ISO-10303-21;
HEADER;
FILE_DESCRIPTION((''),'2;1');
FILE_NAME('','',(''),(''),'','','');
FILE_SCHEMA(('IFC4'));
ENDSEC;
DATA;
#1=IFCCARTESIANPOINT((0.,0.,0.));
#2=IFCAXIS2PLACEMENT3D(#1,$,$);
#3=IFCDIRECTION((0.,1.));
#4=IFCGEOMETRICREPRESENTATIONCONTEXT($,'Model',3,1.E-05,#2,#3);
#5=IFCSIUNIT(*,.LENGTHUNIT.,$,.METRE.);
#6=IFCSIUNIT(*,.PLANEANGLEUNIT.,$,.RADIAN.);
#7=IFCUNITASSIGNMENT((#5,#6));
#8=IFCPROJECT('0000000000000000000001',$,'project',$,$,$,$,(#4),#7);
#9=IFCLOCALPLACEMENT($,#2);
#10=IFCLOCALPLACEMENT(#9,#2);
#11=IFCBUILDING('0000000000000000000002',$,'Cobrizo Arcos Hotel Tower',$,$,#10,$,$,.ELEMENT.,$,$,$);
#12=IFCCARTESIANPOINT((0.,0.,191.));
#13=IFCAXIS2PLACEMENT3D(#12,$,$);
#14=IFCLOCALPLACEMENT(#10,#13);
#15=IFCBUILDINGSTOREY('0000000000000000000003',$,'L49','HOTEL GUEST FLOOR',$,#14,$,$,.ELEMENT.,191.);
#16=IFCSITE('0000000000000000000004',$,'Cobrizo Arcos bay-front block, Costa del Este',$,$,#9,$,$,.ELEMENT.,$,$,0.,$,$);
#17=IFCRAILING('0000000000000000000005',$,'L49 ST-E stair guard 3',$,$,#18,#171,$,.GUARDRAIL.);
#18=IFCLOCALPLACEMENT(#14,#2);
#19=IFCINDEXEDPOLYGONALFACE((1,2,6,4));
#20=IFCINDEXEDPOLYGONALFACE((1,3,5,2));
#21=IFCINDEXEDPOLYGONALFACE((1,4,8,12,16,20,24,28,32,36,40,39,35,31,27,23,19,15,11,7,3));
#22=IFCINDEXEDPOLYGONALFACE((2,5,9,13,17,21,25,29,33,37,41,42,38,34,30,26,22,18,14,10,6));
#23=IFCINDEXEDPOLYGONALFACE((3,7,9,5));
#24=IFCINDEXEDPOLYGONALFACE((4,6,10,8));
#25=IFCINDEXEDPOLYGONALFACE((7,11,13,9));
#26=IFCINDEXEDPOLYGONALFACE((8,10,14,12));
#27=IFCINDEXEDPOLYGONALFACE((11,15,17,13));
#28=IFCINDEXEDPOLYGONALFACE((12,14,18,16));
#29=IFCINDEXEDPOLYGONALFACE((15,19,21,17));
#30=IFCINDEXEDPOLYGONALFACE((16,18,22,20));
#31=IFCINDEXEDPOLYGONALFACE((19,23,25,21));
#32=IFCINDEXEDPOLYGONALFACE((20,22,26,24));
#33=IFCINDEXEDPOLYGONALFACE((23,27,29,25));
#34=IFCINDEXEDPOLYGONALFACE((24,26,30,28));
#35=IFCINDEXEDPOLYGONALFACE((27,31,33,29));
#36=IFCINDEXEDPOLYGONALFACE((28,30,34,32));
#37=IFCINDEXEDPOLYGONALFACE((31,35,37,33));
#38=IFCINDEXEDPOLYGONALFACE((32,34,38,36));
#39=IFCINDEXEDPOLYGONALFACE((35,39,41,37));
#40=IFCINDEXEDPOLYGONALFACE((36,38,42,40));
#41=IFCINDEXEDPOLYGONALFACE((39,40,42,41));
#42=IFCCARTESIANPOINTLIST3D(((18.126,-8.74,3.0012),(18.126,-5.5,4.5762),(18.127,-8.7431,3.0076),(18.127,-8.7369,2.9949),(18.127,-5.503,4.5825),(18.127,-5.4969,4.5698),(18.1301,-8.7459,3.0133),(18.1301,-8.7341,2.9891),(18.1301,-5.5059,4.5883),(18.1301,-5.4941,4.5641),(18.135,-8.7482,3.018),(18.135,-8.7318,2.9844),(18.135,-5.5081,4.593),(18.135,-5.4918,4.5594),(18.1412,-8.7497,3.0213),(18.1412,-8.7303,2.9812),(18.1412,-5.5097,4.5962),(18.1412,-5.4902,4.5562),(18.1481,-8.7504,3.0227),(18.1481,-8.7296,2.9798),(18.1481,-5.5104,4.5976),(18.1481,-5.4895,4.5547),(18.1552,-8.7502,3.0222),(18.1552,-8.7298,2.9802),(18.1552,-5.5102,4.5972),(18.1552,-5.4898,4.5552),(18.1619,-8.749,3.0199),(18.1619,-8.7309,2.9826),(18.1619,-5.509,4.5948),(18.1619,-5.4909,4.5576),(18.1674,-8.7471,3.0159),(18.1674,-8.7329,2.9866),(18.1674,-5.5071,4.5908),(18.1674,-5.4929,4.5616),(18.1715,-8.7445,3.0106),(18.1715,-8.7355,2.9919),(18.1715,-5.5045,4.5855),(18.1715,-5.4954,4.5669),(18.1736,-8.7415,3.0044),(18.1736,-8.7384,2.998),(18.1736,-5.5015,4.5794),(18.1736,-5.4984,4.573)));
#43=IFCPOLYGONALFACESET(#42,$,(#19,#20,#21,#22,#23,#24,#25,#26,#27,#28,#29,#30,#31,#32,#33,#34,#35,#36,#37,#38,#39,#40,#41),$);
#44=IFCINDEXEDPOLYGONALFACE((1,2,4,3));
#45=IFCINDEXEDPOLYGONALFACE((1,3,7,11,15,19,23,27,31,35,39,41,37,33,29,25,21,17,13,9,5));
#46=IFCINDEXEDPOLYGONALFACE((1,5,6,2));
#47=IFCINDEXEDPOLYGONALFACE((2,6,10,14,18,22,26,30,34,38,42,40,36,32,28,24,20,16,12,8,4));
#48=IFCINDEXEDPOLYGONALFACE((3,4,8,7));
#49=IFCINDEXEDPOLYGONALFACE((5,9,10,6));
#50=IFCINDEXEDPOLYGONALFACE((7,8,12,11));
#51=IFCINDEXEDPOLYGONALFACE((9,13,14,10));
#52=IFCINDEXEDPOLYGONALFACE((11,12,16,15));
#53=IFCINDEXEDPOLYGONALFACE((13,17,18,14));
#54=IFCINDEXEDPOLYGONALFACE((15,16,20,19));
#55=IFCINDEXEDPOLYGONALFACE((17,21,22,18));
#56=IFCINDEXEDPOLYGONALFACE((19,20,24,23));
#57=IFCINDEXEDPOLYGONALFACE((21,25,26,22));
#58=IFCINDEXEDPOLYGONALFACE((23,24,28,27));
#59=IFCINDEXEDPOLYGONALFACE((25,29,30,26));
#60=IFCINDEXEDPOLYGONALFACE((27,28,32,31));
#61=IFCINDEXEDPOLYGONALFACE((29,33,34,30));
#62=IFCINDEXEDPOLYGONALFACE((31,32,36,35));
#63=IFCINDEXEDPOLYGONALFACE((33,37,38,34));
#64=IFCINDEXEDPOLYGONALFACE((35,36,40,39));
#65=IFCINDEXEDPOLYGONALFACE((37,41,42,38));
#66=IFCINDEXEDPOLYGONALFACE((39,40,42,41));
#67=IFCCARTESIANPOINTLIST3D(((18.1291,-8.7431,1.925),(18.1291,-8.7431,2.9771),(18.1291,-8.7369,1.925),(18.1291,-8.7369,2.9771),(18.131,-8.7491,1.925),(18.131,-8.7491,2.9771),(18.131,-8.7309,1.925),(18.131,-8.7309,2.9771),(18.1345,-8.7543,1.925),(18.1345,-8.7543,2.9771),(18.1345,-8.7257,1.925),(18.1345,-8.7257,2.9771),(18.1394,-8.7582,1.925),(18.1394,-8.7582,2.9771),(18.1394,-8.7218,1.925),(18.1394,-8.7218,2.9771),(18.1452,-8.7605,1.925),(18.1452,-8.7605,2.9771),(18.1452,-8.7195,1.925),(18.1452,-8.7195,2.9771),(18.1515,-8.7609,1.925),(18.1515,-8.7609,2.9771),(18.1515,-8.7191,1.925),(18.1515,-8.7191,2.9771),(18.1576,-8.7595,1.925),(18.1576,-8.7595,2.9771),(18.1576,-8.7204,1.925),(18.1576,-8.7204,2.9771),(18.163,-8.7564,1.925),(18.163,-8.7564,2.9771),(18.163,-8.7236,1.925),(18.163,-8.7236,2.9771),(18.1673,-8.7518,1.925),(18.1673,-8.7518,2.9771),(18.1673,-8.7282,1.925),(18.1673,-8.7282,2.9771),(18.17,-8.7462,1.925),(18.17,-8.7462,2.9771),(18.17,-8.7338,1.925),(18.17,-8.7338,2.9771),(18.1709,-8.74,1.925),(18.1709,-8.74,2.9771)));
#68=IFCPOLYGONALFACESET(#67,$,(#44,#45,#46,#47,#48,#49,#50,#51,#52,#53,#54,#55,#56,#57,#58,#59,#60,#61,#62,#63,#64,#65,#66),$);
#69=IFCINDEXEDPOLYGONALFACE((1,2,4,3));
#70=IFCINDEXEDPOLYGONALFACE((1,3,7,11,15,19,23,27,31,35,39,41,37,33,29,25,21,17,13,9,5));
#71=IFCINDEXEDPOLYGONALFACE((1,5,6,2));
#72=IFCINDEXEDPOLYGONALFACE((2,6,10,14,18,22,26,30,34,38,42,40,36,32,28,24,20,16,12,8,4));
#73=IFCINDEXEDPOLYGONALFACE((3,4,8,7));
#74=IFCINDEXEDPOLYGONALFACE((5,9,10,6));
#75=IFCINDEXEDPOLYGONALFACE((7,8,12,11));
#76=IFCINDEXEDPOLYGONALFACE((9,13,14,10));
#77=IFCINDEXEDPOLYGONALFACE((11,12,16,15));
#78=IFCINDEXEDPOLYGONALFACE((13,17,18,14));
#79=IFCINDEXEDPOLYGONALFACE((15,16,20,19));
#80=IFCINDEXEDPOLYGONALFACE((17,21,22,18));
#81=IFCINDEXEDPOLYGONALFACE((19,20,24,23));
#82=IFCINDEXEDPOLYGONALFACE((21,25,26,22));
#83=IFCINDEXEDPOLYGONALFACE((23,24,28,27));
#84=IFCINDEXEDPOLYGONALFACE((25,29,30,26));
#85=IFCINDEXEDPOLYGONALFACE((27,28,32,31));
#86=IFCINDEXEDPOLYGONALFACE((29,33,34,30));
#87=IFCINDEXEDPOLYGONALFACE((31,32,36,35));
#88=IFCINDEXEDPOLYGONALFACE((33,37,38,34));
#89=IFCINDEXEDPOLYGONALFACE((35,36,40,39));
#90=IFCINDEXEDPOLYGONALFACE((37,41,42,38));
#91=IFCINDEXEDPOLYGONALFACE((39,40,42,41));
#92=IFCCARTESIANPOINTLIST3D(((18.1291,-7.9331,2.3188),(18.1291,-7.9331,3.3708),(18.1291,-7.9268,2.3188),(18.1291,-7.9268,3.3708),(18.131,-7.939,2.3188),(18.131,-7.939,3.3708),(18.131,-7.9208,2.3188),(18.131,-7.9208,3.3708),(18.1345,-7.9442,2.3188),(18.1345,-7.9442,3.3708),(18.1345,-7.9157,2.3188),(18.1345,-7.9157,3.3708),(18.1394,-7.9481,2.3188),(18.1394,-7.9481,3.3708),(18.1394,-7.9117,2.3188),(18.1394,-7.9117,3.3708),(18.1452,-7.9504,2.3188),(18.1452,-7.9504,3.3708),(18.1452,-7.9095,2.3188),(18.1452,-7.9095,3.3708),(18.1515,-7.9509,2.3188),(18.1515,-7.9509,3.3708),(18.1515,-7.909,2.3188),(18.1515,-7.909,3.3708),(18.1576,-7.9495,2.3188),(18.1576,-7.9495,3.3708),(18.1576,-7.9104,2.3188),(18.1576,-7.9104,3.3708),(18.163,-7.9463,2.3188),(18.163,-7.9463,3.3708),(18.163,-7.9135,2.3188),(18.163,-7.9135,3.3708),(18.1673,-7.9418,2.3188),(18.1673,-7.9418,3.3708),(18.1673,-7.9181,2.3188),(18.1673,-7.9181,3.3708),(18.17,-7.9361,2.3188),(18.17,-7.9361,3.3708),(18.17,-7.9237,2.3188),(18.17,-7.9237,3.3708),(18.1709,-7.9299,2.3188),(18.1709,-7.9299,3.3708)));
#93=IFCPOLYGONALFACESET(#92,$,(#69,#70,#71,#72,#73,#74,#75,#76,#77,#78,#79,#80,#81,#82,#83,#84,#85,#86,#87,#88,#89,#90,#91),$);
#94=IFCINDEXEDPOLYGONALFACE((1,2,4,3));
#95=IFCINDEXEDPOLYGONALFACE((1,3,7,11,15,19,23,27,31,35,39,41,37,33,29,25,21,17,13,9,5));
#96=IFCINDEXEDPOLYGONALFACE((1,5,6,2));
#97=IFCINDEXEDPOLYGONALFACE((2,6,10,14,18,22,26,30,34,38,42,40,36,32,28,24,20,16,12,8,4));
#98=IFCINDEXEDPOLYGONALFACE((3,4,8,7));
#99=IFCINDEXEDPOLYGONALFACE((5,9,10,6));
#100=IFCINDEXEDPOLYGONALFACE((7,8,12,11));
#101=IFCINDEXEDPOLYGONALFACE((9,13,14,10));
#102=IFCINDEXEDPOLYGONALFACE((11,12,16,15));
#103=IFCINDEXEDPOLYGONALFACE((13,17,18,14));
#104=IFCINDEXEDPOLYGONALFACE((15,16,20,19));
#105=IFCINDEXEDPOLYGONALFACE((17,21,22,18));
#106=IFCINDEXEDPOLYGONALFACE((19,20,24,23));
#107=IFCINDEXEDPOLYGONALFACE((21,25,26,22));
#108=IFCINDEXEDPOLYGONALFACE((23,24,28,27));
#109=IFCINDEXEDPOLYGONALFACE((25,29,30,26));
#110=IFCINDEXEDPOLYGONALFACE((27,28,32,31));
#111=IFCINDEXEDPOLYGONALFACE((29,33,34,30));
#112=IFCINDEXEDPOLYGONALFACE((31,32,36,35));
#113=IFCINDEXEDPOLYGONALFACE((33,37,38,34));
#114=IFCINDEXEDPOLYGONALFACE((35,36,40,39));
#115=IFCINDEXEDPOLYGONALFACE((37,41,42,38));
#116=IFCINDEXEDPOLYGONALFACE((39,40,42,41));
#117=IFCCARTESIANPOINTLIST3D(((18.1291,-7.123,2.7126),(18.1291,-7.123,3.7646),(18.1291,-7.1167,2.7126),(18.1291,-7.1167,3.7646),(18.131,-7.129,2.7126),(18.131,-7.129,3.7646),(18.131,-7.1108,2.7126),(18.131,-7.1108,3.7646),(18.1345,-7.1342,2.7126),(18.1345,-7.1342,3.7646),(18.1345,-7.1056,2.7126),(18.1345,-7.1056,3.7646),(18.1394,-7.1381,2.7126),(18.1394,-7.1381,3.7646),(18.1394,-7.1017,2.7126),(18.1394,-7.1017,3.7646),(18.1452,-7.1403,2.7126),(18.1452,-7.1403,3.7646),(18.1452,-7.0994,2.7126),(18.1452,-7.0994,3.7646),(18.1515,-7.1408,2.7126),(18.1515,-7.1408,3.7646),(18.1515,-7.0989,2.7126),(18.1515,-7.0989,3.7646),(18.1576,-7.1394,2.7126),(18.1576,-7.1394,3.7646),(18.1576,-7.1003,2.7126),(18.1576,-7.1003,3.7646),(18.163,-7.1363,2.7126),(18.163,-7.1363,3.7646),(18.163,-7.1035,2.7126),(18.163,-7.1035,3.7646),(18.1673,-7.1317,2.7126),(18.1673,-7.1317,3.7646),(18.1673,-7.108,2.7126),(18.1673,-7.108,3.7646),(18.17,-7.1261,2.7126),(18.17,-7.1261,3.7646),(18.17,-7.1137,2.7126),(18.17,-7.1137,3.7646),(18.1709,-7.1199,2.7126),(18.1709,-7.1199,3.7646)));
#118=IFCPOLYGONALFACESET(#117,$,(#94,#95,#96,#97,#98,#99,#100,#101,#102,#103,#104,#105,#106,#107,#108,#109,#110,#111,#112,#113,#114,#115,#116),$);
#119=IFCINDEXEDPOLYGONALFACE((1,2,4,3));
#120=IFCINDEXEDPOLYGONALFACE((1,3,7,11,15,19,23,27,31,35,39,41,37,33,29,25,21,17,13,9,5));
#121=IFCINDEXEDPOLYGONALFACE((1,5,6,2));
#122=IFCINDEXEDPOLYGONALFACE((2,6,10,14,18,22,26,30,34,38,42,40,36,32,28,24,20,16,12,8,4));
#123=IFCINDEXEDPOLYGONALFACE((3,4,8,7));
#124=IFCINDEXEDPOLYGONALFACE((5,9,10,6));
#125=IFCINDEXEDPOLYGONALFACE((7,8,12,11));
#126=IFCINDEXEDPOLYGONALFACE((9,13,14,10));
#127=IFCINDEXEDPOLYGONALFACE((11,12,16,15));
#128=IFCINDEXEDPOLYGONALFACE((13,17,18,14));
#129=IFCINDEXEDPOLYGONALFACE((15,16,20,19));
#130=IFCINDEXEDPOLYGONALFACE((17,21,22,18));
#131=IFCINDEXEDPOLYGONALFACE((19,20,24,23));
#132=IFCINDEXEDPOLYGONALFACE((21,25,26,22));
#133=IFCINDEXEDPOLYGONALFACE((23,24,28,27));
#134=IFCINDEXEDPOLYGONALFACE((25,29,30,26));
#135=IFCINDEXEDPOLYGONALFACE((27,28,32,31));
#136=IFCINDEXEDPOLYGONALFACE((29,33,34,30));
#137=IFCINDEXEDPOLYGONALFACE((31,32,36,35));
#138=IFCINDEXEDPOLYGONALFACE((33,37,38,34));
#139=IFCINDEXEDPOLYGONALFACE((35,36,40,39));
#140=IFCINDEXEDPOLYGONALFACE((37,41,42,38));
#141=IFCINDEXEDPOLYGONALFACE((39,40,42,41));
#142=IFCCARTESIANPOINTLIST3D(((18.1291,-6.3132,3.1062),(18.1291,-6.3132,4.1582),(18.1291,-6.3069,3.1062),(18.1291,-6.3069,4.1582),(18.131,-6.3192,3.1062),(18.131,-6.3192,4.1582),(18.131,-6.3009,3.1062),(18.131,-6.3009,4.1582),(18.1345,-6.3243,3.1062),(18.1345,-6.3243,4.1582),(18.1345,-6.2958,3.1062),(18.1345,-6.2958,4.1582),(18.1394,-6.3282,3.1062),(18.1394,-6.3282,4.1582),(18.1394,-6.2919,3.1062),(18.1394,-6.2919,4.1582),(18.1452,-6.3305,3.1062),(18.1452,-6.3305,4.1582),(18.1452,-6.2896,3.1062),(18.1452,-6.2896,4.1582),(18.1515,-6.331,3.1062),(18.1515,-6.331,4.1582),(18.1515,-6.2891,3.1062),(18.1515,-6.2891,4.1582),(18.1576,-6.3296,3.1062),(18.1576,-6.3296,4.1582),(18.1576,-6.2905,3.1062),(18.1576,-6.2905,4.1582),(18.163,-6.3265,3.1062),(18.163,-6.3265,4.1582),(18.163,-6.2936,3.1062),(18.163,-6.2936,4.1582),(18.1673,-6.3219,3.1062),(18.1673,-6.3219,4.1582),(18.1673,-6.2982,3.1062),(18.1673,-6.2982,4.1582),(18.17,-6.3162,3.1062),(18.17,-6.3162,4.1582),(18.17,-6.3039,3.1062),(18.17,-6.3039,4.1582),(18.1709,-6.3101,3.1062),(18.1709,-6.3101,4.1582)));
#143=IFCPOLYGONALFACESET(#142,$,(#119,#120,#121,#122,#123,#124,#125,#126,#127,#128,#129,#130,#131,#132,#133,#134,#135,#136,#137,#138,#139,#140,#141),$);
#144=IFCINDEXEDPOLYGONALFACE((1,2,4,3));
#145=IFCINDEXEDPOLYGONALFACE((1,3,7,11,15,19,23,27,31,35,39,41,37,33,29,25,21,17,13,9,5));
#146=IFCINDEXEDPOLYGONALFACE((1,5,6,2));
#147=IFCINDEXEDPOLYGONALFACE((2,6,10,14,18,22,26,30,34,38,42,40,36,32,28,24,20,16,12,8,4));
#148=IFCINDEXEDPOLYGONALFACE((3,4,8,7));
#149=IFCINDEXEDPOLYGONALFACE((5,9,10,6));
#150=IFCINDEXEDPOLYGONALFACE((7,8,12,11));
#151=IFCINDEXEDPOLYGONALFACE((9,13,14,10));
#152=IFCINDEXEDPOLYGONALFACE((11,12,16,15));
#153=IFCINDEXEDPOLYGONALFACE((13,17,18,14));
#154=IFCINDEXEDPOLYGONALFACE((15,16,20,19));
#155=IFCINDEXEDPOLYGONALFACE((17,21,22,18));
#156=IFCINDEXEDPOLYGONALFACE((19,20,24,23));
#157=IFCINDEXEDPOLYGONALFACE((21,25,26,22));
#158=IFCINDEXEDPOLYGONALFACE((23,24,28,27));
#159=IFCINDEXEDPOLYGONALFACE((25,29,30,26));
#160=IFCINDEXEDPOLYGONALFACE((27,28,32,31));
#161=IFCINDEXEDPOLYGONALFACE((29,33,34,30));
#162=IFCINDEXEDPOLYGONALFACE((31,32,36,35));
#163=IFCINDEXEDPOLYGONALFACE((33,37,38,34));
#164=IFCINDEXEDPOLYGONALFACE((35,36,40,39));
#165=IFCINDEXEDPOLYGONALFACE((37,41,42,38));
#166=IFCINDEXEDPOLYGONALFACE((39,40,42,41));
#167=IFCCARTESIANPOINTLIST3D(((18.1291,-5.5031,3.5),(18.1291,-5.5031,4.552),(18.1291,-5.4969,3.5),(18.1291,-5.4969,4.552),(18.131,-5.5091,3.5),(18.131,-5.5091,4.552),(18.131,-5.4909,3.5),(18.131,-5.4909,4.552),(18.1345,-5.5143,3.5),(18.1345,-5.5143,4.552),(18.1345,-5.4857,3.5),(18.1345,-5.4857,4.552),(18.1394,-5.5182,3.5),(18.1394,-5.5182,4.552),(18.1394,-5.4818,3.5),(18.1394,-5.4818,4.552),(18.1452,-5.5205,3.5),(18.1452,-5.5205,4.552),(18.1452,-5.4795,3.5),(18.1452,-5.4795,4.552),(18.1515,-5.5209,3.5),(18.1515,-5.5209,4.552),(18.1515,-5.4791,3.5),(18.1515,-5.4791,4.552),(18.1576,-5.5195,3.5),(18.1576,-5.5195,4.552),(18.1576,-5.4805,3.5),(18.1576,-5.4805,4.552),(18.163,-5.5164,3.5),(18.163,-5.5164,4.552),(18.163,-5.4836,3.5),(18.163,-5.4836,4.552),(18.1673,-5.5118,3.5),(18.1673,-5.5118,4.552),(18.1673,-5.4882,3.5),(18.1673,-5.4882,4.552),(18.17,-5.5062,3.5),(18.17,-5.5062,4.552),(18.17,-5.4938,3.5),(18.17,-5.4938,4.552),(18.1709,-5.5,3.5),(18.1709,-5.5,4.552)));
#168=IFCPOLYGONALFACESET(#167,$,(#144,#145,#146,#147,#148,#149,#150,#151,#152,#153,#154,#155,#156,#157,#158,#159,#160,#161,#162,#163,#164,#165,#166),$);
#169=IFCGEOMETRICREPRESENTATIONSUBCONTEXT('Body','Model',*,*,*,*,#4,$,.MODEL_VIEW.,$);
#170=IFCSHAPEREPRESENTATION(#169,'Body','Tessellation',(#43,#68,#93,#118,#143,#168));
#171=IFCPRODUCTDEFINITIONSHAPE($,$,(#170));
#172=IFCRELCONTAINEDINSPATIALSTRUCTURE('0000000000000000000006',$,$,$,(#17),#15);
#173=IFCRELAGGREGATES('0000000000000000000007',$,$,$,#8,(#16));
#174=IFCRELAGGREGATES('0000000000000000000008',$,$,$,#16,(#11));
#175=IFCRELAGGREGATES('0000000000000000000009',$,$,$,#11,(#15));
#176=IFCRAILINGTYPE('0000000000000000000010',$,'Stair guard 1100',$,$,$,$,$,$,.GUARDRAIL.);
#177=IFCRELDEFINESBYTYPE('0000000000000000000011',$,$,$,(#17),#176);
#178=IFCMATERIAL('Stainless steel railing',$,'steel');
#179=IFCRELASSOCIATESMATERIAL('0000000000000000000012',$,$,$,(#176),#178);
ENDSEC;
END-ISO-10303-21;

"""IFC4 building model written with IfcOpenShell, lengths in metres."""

from ifc_helpers import new_model, si_unit, direction, frame, origin, origin_2d, place, context, subcontext, project, spatial, circle, extrude, material, type_object, element, save


model = new_model("IFC4")

# Units and contexts
model_context = context("Model", 3, precision=1e-05, world=origin(), true_north=direction((0.0, 1.0)))
body_context = subcontext(model_context, "Body", "Model", "MODEL_VIEW")
ifc_project = project(units=[si_unit("LENGTHUNIT", "METRE"), si_unit("PLANEANGLEUNIT", "RADIAN")], contexts=[model_context])

# Site, building, storey
site_placement = place(None, origin())
site = spatial("IfcSite", under=ifc_project, at=site_placement, Name="Cobrizo Arcos bay-front block, Costa del Este", CompositionType="ELEMENT", RefElevation=0.0)
building_placement = place(site_placement, origin())
building = spatial("IfcBuilding", under=site, at=building_placement, Name="Cobrizo Arcos Hotel Tower", CompositionType="ELEMENT")
storey_placement = place(building_placement, frame((0.0, 0.0, 191.0)))
storey = spatial("IfcBuildingStorey", under=building, at=storey_placement, Name="L49", Description="HOTEL GUEST FLOOR", CompositionType="ELEMENT", Elevation=191.0)

# Railing
ifc_material_1 = material(Name="Stainless steel railing", Category="steel")
railing_type_1 = type_object("IfcRailingType", Name="Stair guard 1100", PredefinedType="GUARDRAIL", material=ifc_material_1)
railing_1_placement = place(storey_placement, frame((18.1499, -8.74, 1.925)))
element("IfcRailing", 1, at=railing_1_placement, inside=storey, type_object=railing_type_1, Name="L49 ST-E stair guard 3", PredefinedType="GUARDRAIL", context=body_context, shape_type="SweptSolid", body=[
    extrude(circle(Radius=0.0239, at=origin_2d()), frame((0.0, 0.0, 1.0762), z_axis=(0.0, 0.899373, 0.437183), x_axis=(-1.0, 0.0, 0.0)), (0.0, 0.0, 1.0), 3.6025),
    extrude(circle(Radius=0.021, at=origin_2d()), origin(), (0.0, 0.0, 1.0), 1.052),
    extrude(circle(Radius=0.021, at=origin_2d()), frame((0.0, 0.8101, 0.3938)), (0.0, 0.0, 1.0), 1.052),
    extrude(circle(Radius=0.021, at=origin_2d()), frame((0.0, 1.6201, 0.7876)), (0.0, 0.0, 1.0), 1.052),
    extrude(circle(Radius=0.021, at=origin_2d()), frame((0.0, 2.4299, 1.1812)), (0.0, 0.0, 1.0), 1.052),
    extrude(circle(Radius=0.021, at=origin_2d()), frame((0.0, 3.24, 1.575)), (0.0, 0.0, 1.0), 1.052),
])

save(model, "model.ifc")
